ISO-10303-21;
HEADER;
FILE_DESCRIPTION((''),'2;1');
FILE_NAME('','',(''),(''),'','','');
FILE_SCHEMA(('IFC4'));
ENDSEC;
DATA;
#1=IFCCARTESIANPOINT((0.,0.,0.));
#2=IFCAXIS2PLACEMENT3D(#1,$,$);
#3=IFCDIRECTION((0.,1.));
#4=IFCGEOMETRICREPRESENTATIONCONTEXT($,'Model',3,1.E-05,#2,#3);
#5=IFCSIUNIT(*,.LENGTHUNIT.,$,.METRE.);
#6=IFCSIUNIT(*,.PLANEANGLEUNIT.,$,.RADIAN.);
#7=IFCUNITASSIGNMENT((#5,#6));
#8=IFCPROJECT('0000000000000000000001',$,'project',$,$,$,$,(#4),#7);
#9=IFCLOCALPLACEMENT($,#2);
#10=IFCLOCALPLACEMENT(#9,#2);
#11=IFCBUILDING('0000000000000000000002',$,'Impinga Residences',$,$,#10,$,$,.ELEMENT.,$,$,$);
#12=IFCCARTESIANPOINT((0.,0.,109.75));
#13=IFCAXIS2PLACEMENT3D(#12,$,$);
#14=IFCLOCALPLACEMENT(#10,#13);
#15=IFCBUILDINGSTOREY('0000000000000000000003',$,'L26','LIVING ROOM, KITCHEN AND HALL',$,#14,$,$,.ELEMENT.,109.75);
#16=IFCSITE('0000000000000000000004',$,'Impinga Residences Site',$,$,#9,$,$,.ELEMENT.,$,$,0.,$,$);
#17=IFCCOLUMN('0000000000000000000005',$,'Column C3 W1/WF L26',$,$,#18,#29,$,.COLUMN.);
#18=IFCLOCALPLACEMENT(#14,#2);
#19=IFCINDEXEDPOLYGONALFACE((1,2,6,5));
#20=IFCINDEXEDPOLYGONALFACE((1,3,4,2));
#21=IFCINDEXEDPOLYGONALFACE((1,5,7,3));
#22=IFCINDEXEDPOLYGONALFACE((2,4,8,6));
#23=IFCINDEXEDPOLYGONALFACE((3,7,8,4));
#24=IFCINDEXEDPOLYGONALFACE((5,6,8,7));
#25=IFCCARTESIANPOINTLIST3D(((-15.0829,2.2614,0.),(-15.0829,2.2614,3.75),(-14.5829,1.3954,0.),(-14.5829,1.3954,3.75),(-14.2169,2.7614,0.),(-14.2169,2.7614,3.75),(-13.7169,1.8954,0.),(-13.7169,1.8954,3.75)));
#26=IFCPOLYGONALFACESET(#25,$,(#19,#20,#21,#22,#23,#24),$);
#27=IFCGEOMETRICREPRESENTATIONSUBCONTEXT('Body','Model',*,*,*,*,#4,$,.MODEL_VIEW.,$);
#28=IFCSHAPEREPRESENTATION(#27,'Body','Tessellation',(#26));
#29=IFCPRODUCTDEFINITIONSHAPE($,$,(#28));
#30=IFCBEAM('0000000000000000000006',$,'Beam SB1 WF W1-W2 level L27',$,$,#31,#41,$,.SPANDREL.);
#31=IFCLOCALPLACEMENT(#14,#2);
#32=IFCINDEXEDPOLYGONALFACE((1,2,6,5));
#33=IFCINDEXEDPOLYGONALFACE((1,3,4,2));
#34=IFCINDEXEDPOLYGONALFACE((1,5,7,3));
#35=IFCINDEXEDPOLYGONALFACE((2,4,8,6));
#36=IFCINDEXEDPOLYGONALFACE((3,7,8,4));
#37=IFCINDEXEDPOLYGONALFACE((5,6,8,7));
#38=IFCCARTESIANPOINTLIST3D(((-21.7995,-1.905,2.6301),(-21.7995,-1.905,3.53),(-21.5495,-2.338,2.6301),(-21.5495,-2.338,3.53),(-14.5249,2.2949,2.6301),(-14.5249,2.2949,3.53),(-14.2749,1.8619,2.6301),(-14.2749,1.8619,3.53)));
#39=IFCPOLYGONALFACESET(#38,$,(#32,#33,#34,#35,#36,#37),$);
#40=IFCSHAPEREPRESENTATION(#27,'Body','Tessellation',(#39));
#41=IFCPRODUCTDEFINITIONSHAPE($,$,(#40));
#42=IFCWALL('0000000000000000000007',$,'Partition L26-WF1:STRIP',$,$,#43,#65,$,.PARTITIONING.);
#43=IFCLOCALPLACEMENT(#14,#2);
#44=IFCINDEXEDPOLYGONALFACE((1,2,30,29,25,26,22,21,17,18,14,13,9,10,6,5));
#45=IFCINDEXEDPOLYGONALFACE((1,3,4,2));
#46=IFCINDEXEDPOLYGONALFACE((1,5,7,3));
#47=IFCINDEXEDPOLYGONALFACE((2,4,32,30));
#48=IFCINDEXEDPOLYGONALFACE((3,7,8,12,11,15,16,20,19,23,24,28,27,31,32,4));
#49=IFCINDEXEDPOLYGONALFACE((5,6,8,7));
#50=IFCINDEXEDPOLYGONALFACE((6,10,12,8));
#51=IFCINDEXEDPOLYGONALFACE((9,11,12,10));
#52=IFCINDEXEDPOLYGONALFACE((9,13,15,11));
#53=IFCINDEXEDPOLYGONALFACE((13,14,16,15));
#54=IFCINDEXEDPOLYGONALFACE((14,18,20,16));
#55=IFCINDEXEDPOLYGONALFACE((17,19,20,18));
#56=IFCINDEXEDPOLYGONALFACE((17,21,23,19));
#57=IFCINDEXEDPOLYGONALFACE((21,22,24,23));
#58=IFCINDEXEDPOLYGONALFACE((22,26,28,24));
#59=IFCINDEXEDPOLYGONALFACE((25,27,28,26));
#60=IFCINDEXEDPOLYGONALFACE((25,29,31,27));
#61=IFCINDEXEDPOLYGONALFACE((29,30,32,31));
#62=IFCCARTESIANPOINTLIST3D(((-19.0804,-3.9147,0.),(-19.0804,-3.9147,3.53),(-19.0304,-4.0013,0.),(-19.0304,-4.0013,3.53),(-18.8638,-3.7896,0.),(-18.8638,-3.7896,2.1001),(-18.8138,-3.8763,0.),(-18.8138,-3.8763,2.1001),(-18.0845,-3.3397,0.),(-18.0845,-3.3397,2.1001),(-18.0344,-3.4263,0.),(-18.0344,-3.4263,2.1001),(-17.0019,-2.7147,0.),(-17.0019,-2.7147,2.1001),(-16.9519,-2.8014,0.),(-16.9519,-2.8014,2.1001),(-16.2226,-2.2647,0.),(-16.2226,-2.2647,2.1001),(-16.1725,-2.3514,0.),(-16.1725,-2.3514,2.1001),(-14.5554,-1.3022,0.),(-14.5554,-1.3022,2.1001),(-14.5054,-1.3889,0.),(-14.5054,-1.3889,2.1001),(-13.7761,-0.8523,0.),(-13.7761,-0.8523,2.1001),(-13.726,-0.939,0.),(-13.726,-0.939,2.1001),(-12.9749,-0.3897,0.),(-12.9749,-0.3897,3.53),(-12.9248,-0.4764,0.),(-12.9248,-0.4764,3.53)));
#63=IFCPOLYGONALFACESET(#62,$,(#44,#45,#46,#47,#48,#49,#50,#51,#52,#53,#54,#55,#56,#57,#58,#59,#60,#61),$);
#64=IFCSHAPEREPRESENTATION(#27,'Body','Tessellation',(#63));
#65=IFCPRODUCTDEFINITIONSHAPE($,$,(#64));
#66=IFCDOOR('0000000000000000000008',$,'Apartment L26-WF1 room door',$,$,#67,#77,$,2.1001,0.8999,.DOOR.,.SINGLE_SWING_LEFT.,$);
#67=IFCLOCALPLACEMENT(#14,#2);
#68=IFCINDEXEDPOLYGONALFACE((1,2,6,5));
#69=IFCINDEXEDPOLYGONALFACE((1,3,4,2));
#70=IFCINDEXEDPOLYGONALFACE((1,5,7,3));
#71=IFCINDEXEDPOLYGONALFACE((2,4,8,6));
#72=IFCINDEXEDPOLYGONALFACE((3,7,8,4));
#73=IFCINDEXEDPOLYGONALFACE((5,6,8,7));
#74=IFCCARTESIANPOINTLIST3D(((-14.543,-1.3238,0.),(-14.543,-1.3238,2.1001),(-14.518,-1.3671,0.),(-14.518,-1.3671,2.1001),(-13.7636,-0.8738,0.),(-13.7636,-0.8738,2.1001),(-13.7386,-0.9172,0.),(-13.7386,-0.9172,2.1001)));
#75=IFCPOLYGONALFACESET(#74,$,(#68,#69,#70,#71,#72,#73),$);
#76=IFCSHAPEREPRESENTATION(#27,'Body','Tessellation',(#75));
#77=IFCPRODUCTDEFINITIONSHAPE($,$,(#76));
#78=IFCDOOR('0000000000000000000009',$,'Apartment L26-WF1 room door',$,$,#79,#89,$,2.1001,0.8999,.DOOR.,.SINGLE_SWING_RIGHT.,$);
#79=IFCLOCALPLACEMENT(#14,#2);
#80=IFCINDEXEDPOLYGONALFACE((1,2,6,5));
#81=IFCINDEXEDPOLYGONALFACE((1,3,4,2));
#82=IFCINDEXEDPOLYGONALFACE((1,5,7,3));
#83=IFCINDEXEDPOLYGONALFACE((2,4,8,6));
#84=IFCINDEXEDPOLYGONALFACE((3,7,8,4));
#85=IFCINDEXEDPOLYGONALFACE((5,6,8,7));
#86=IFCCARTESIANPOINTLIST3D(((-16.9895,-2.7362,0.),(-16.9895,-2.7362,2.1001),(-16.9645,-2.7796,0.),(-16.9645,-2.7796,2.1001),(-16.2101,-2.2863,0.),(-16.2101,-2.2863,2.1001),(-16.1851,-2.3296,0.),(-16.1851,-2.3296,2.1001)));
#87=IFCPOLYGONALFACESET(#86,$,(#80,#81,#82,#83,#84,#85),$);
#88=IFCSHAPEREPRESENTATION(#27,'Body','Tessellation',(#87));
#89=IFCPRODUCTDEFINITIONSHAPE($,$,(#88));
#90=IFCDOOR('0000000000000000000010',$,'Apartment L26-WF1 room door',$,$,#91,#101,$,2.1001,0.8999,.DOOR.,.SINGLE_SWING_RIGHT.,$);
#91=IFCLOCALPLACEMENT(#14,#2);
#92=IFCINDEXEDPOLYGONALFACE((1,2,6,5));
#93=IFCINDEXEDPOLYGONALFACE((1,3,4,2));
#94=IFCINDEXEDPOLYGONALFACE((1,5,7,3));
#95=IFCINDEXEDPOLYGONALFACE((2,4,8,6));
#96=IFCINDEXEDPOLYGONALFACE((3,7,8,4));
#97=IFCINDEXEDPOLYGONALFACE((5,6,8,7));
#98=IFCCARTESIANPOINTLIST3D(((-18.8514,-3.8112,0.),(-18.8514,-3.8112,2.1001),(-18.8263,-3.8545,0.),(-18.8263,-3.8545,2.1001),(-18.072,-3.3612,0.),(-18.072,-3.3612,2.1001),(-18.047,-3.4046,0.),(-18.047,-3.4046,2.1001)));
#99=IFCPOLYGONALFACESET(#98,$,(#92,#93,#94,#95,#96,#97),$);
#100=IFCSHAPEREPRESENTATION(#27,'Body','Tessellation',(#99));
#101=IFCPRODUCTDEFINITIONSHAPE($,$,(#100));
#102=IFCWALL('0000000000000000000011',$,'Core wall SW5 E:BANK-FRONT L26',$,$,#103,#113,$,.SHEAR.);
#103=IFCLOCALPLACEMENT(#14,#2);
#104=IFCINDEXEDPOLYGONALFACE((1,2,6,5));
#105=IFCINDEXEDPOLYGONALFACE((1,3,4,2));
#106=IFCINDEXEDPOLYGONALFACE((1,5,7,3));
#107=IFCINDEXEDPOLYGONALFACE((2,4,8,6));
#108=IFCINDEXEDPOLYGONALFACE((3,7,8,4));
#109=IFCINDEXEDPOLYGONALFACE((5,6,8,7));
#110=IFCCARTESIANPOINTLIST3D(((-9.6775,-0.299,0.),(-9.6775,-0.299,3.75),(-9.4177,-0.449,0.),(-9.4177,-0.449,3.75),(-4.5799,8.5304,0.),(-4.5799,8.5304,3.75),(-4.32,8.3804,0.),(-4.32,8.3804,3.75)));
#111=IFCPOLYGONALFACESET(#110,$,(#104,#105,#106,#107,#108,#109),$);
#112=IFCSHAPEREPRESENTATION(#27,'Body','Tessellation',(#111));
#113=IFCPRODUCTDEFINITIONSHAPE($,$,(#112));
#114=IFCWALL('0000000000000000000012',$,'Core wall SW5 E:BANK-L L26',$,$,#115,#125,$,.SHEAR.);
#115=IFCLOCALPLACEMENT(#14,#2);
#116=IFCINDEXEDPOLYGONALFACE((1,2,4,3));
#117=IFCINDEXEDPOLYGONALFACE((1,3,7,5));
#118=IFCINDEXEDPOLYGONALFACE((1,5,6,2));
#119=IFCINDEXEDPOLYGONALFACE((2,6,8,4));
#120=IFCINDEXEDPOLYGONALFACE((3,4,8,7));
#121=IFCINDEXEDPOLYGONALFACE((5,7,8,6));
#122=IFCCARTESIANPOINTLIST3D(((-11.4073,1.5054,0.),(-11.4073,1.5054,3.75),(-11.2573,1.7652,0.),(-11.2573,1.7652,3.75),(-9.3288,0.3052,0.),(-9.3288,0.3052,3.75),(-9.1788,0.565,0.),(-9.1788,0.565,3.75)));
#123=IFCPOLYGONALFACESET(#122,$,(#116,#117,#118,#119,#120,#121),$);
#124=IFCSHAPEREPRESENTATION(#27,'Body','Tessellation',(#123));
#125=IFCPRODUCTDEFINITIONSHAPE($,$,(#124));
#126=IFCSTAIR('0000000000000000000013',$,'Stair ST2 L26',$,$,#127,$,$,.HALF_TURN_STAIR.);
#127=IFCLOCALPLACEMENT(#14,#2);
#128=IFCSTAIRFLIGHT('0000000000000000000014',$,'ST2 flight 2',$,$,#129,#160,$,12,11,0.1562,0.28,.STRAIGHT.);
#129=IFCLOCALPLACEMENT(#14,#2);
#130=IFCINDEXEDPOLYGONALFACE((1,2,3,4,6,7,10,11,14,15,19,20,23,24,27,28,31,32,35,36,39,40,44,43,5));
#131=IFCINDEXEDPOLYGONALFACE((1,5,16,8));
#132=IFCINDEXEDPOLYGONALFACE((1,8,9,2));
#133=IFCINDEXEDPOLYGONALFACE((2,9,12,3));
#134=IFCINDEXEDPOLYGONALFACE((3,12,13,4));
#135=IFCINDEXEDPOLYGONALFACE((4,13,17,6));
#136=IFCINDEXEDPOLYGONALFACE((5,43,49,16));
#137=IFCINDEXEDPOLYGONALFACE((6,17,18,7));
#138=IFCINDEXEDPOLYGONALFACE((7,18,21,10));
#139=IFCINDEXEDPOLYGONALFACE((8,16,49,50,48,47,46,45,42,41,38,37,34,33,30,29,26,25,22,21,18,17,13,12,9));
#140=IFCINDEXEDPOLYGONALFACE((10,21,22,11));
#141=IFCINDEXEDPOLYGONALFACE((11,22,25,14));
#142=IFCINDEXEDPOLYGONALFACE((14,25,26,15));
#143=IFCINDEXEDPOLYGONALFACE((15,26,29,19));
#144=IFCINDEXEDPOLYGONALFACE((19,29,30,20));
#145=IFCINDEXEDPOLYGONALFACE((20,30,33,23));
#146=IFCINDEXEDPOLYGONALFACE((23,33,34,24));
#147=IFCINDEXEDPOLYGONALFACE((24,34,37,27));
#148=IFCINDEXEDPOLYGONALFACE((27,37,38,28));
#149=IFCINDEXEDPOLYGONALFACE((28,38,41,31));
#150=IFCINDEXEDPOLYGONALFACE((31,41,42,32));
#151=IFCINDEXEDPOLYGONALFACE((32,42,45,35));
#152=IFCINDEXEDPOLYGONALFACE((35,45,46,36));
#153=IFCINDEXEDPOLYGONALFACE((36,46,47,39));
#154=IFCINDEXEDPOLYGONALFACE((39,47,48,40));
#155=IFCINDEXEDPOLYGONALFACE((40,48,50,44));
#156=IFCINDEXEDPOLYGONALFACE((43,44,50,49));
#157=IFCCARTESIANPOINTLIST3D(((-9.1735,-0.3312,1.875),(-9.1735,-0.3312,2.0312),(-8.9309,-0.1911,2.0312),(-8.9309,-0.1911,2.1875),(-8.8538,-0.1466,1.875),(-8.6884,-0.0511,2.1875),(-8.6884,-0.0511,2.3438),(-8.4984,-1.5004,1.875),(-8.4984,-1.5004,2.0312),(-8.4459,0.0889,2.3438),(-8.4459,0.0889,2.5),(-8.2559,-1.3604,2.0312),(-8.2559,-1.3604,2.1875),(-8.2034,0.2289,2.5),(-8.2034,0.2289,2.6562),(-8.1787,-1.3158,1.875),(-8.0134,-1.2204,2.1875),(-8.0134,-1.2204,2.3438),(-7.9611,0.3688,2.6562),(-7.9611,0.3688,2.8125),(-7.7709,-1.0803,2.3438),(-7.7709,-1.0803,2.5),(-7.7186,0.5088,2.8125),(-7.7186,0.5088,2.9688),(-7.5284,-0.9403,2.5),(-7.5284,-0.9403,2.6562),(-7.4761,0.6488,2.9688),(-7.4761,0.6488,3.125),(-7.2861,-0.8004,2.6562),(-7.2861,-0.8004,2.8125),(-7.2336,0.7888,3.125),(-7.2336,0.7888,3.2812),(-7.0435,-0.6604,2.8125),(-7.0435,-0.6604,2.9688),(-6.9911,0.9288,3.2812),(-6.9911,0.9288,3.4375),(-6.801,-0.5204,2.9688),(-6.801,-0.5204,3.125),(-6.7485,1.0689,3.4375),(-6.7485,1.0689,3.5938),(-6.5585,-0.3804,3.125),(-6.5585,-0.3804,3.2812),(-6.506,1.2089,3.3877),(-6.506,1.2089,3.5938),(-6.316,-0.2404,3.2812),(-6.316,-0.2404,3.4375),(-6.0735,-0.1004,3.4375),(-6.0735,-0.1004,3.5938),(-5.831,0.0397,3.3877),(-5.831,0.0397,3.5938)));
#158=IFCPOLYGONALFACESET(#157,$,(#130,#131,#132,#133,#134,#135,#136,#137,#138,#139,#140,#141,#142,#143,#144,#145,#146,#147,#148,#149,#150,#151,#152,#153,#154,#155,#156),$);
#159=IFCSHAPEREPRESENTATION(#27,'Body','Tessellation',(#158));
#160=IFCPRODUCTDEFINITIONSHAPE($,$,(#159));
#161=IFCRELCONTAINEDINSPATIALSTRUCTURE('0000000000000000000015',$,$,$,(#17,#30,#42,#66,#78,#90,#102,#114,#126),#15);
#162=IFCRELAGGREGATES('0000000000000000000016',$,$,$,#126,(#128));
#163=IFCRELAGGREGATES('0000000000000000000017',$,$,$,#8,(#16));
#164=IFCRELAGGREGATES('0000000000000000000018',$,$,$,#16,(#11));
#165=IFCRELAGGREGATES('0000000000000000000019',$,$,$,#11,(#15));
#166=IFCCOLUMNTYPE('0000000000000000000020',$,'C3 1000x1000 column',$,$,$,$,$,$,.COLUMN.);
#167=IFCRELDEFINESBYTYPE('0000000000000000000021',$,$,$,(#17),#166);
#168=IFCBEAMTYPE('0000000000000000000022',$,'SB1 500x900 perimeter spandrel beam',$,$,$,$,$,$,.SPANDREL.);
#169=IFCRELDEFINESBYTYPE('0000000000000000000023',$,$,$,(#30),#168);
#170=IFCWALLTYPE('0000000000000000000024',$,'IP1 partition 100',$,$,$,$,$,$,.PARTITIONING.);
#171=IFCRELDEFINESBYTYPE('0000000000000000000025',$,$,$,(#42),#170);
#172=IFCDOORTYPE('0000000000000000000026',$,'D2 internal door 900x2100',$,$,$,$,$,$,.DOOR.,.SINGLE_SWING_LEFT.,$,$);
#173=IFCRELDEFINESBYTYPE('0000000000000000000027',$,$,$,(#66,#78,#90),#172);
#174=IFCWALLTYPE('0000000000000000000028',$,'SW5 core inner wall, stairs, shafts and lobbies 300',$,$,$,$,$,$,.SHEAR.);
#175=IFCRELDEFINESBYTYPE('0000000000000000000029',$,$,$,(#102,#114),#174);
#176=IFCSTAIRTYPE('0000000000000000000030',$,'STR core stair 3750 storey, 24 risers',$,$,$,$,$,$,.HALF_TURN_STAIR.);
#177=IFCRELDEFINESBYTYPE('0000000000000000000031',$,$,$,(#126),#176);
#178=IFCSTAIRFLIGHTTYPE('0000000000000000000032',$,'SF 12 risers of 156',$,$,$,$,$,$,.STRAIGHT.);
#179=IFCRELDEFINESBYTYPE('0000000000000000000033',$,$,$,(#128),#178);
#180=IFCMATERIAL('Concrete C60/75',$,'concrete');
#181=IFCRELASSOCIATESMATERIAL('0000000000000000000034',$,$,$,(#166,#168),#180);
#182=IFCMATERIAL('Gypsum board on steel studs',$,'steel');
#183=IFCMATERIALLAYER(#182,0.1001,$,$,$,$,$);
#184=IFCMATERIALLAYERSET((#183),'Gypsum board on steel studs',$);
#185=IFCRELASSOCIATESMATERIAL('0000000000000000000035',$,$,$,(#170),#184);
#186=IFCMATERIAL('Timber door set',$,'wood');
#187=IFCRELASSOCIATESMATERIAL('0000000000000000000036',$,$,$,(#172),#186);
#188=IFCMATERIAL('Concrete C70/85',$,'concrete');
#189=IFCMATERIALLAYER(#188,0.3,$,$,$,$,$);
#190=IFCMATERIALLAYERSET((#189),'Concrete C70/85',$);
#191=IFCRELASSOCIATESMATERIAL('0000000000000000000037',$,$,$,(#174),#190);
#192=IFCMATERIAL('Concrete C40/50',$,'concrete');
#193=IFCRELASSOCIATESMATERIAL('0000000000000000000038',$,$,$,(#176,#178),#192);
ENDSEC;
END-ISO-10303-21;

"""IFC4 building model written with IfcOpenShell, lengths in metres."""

from ifc_helpers import new_model, si_unit, direction, frame, frame_2d, origin, origin_2d, place, context, subcontext, project, spatial, polyline, rectangle, outline, extrude, material, layer, layer_set, material_profile, profile_set, type_object, element, fill, aggregate, save


model = new_model("IFC4")

# Units and contexts
model_context = context("Model", 3, precision=1e-05, world=origin(), true_north=direction((0.0, 1.0)))
body_context = subcontext(model_context, "Body", "Model", "MODEL_VIEW")
ifc_project = project(units=[si_unit("LENGTHUNIT", "METRE"), si_unit("PLANEANGLEUNIT", "RADIAN")], contexts=[model_context])

# Site, building, storey
site_placement = place(None, origin())
site = spatial("IfcSite", under=ifc_project, at=site_placement, Name="Impinga Residences Site", CompositionType="ELEMENT", RefElevation=0.0)
building_placement = place(site_placement, origin())
building = spatial("IfcBuilding", under=site, at=building_placement, Name="Impinga Residences", CompositionType="ELEMENT")
storey_placement = place(building_placement, frame((0.0, 0.0, 109.75)))
storey = spatial("IfcBuildingStorey", under=building, at=storey_placement, Name="L26", Description="LIVING ROOM, KITCHEN AND HALL", CompositionType="ELEMENT", Elevation=109.75)

# Column
ifc_material_1 = material(Name="Concrete C60/75", Category="concrete")
ifc_material_profile_1 = material_profile(ifc_material_1, rectangle(XDim=1.0, YDim=1.0, at=origin_2d()), Name="RC 1000x1000")
ifc_profile_set_1 = profile_set([ifc_material_profile_1], Name="Concrete C60/75")
column_type = type_object("IfcColumnType", Name="C3 1000x1000 column", PredefinedType="COLUMN", material=ifc_profile_set_1)
column_placement = place(storey_placement, frame((-14.3999, 2.0784, 0.0), z_axis=(0.0, 0.0, 1.0), x_axis=(-0.5, 0.866025, 0.0)))
element("IfcColumn", 1, at=column_placement, inside=storey, type_object=column_type, Name="Column C3 W1/WF L26", PredefinedType="COLUMN", context=body_context, shape_type="SweptSolid", body=[
    extrude(rectangle(XDim=1.0, YDim=1.0, at=origin_2d()), origin(), (0.0, 0.0, 1.0), 3.75),
])

# Beam
ifc_material_profile_2 = material_profile(ifc_material_1, rectangle(XDim=0.5, YDim=0.8999, at=origin_2d()), Name="RC 500x900")
ifc_profile_set_2 = profile_set([ifc_material_profile_2], Name="Concrete C60/75")
beam_type = type_object("IfcBeamType", Name="SB1 500x900 perimeter spandrel beam", PredefinedType="SPANDREL", material=ifc_profile_set_2)
beam_placement = place(storey_placement, frame((-14.3999, 2.0784, 3.0801), z_axis=(-0.866029, -0.499993, 0.0), x_axis=(0.499993, -0.866029, 0.0)))
element("IfcBeam", 2, at=beam_placement, inside=storey, type_object=beam_type, Name="Beam SB1 WF W1-W2 level L27", PredefinedType="SPANDREL", context=body_context, shape_type="SweptSolid", body=[
    extrude(rectangle(XDim=0.5, YDim=0.8999, at=origin_2d()), origin(), (0.0, 0.0, 1.0), 8.3999),
])

# Wall, openings, doors
ifc_material_2 = material(Name="Gypsum board on steel studs", Category="steel")
ifc_layer_1 = layer(ifc_material_2, 0.1001)
ifc_layer_set_1 = layer_set([ifc_layer_1], Name="Gypsum board on steel studs")
wall_type_1 = type_object("IfcWallType", Name="IP1 partition 100", PredefinedType="PARTITIONING", material=ifc_layer_set_1)
wall_1_placement = place(storey_placement, frame((-12.95, -0.4331, 0.0), z_axis=(0.0, 0.0, 1.0), x_axis=(-0.866031, -0.49999, 0.0)))
wall_1 = element("IfcWall", 3, at=wall_1_placement, inside=storey, type_object=wall_type_1, Name="Partition L26-WF1:STRIP", PredefinedType="PARTITIONING", context=body_context, shape_type="SweptSolid", body=[
    extrude(rectangle(XDim=7.05, YDim=0.1001, at=frame_2d((3.5249, 0.0))), origin(), (0.0, 0.0, 1.0), 3.53),
])
opening_1_placement = place(wall_1_placement, frame((0.925, 0.0, 0.0)))
opening_1 = element("IfcOpeningElement", 4, at=opening_1_placement, cuts=wall_1, PredefinedType="OPENING", context=body_context, shape_type="SweptSolid", body=[
    extrude(rectangle(XDim=0.8999, YDim=2.1001, at=frame_2d((0.45, 1.05))), frame((0.0, 0.0601, 0.0), z_axis=(0.0, -1.0, 0.0), x_axis=(1.0, 0.0, 0.0)), (0.0, 0.0, 1.0), 0.1201),
])
opening_2_placement = place(wall_1_placement, frame((3.75, 0.0, 0.0)))
opening_2 = element("IfcOpeningElement", 5, at=opening_2_placement, cuts=wall_1, PredefinedType="OPENING", context=body_context, shape_type="SweptSolid", body=[
    extrude(rectangle(XDim=0.8999, YDim=2.1001, at=frame_2d((0.45, 1.05))), frame((0.0, 0.0601, 0.0), z_axis=(0.0, -1.0, 0.0), x_axis=(1.0, 0.0, 0.0)), (0.0, 0.0, 1.0), 0.1201),
])
opening_3_placement = place(wall_1_placement, frame((5.8999, 0.0, 0.0)))
opening_3 = element("IfcOpeningElement", 6, at=opening_3_placement, cuts=wall_1, PredefinedType="OPENING", context=body_context, shape_type="SweptSolid", body=[
    extrude(rectangle(XDim=0.8999, YDim=2.1001, at=frame_2d((0.45, 1.05))), frame((0.0, 0.0601, 0.0), z_axis=(0.0, -1.0, 0.0), x_axis=(1.0, 0.0, 0.0)), (0.0, 0.0, 1.0), 0.1201),
])
ifc_material_3 = material(Name="Timber door set", Category="wood")
door_type = type_object("IfcDoorType", Name="D2 internal door 900x2100", OperationType="SINGLE_SWING_LEFT", PredefinedType="DOOR", material=ifc_material_3)
door_1_placement = place(opening_1_placement, origin())
door_1 = element("IfcDoor", 7, at=door_1_placement, inside=storey, type_object=door_type, Name="Apartment L26-WF1 room door", OperationType="SINGLE_SWING_LEFT", OverallHeight=2.1001, OverallWidth=0.8999, PredefinedType="DOOR", context=body_context, shape_type="SweptSolid", body=[
    extrude(rectangle(XDim=0.8999, YDim=2.1001, at=frame_2d((0.45, 1.05))), frame((0.0, 0.0249, 0.0), z_axis=(0.0, -1.0, 0.0), x_axis=(1.0, 0.0, 0.0)), (0.0, 0.0, 1.0), 0.05),
])
fill(opening_1, door_1)
door_2_placement = place(opening_2_placement, origin())
door_2 = element("IfcDoor", 8, at=door_2_placement, inside=storey, type_object=door_type, Name="Apartment L26-WF1 room door", OperationType="SINGLE_SWING_RIGHT", OverallHeight=2.1001, OverallWidth=0.8999, PredefinedType="DOOR", context=body_context, shape_type="SweptSolid", body=[
    extrude(rectangle(XDim=0.8999, YDim=2.1001, at=frame_2d((0.45, 1.05))), frame((0.0, 0.0249, 0.0), z_axis=(0.0, -1.0, 0.0), x_axis=(1.0, 0.0, 0.0)), (0.0, 0.0, 1.0), 0.05),
])
fill(opening_2, door_2)
door_3_placement = place(opening_3_placement, origin())
door_3 = element("IfcDoor", 9, at=door_3_placement, inside=storey, type_object=door_type, Name="Apartment L26-WF1 room door", OperationType="SINGLE_SWING_RIGHT", OverallHeight=2.1001, OverallWidth=0.8999, PredefinedType="DOOR", context=body_context, shape_type="SweptSolid", body=[
    extrude(rectangle(XDim=0.8999, YDim=2.1001, at=frame_2d((0.45, 1.05))), frame((0.0, 0.0249, 0.0), z_axis=(0.0, -1.0, 0.0), x_axis=(1.0, 0.0, 0.0)), (0.0, 0.0, 1.0), 0.05),
])
fill(opening_3, door_3)

# Walls
ifc_material_4 = material(Name="Concrete C70/85", Category="concrete")
ifc_layer_2 = layer(ifc_material_4, 0.3)
ifc_layer_set_2 = layer_set([ifc_layer_2], Name="Concrete C70/85")
wall_type_2 = type_object("IfcWallType", Name="SW5 core inner wall, stairs, shafts and lobbies 300", PredefinedType="SHEAR", material=ifc_layer_set_2)
wall_2_placement = place(storey_placement, frame((-9.5476, -0.374, 0.0), z_axis=(0.0, 0.0, 1.0), x_axis=(0.500002, 0.866024, 0.0)))
element("IfcWall", 10, at=wall_2_placement, inside=storey, type_object=wall_type_2, Name="Core wall SW5 E:BANK-FRONT L26", PredefinedType="SHEAR", context=body_context, shape_type="SweptSolid", body=[
    extrude(rectangle(XDim=10.1953, YDim=0.3, at=frame_2d((5.0977, 0.0))), origin(), (0.0, 0.0, 1.0), 3.75),
])
wall_3_placement = place(storey_placement, frame((-9.2537, 0.4351, 0.0), z_axis=(0.0, 0.0, 1.0), x_axis=(-0.866006, 0.500034, 0.0)))
element("IfcWall", 11, at=wall_3_placement, inside=storey, type_object=wall_type_2, Name="Core wall SW5 E:BANK-L L26", PredefinedType="SHEAR", context=body_context, shape_type="SweptSolid", body=[
    extrude(rectangle(XDim=2.4001, YDim=0.3, at=frame_2d((1.2002, 0.0))), origin(), (0.0, 0.0, 1.0), 3.75),
])

# Stair, stair flight
ifc_material_5 = material(Name="Concrete C40/50", Category="concrete")
stair_type = type_object("IfcStairType", Name="STR core stair 3750 storey, 24 risers", PredefinedType="HALF_TURN_STAIR", material=ifc_material_5)
stair_placement = place(storey_placement, origin())
stair = element("IfcStair", 12, at=stair_placement, inside=storey, type_object=stair_type, Name="Stair ST2 L26", PredefinedType="HALF_TURN_STAIR")
stair_flight_type = type_object("IfcStairFlightType", Name="SF 12 risers of 156", PredefinedType="STRAIGHT", material=ifc_material_5)
stair_flight_placement = place(storey_placement, frame((-8.8359, -0.9158, 1.875), z_axis=(0.0, 0.0, 1.0), x_axis=(0.866025, 0.5, 0.0)))
stair_flight = element("IfcStairFlight", 13, at=stair_flight_placement, type_object=stair_flight_type, Name="ST2 flight 2", NumberOfRisers=12, NumberOfTreads=11, PredefinedType="STRAIGHT", RiserHeight=0.1562, TreadLength=0.28, context=body_context, shape_type="SweptSolid", body=[
    extrude(outline(polyline([(0.0, 0.0), (0.0, 0.1562), (0.28, 0.1562), (0.28, 0.3125), (0.5601, 0.3125), (0.5601, 0.4688), (0.8401, 0.4688), (0.8401, 0.625), (1.1201, 0.625), (1.1201, 0.7812), (1.3999, 0.7812), (1.3999, 0.9375), (1.6799, 0.9375), (1.6799, 1.0938), (1.96, 1.0938), (1.96, 1.25), (2.24, 1.25), (2.24, 1.4062), (2.52, 1.4062), (2.52, 1.5625), (2.8, 1.5625), (2.8, 1.7188), (3.0801, 1.7188), (3.0801, 1.875), (3.0801, 1.5127), (0.3691, 0.0), (0.0, 0.0)])), frame((0.0, 0.675, 0.0), z_axis=(0.0, -1.0, 0.0), x_axis=(1.0, 0.0, 0.0)), (0.0, 0.0, 1.0), 1.3501),
])
aggregate(stair, [stair_flight])

save(model, "model.ifc")
